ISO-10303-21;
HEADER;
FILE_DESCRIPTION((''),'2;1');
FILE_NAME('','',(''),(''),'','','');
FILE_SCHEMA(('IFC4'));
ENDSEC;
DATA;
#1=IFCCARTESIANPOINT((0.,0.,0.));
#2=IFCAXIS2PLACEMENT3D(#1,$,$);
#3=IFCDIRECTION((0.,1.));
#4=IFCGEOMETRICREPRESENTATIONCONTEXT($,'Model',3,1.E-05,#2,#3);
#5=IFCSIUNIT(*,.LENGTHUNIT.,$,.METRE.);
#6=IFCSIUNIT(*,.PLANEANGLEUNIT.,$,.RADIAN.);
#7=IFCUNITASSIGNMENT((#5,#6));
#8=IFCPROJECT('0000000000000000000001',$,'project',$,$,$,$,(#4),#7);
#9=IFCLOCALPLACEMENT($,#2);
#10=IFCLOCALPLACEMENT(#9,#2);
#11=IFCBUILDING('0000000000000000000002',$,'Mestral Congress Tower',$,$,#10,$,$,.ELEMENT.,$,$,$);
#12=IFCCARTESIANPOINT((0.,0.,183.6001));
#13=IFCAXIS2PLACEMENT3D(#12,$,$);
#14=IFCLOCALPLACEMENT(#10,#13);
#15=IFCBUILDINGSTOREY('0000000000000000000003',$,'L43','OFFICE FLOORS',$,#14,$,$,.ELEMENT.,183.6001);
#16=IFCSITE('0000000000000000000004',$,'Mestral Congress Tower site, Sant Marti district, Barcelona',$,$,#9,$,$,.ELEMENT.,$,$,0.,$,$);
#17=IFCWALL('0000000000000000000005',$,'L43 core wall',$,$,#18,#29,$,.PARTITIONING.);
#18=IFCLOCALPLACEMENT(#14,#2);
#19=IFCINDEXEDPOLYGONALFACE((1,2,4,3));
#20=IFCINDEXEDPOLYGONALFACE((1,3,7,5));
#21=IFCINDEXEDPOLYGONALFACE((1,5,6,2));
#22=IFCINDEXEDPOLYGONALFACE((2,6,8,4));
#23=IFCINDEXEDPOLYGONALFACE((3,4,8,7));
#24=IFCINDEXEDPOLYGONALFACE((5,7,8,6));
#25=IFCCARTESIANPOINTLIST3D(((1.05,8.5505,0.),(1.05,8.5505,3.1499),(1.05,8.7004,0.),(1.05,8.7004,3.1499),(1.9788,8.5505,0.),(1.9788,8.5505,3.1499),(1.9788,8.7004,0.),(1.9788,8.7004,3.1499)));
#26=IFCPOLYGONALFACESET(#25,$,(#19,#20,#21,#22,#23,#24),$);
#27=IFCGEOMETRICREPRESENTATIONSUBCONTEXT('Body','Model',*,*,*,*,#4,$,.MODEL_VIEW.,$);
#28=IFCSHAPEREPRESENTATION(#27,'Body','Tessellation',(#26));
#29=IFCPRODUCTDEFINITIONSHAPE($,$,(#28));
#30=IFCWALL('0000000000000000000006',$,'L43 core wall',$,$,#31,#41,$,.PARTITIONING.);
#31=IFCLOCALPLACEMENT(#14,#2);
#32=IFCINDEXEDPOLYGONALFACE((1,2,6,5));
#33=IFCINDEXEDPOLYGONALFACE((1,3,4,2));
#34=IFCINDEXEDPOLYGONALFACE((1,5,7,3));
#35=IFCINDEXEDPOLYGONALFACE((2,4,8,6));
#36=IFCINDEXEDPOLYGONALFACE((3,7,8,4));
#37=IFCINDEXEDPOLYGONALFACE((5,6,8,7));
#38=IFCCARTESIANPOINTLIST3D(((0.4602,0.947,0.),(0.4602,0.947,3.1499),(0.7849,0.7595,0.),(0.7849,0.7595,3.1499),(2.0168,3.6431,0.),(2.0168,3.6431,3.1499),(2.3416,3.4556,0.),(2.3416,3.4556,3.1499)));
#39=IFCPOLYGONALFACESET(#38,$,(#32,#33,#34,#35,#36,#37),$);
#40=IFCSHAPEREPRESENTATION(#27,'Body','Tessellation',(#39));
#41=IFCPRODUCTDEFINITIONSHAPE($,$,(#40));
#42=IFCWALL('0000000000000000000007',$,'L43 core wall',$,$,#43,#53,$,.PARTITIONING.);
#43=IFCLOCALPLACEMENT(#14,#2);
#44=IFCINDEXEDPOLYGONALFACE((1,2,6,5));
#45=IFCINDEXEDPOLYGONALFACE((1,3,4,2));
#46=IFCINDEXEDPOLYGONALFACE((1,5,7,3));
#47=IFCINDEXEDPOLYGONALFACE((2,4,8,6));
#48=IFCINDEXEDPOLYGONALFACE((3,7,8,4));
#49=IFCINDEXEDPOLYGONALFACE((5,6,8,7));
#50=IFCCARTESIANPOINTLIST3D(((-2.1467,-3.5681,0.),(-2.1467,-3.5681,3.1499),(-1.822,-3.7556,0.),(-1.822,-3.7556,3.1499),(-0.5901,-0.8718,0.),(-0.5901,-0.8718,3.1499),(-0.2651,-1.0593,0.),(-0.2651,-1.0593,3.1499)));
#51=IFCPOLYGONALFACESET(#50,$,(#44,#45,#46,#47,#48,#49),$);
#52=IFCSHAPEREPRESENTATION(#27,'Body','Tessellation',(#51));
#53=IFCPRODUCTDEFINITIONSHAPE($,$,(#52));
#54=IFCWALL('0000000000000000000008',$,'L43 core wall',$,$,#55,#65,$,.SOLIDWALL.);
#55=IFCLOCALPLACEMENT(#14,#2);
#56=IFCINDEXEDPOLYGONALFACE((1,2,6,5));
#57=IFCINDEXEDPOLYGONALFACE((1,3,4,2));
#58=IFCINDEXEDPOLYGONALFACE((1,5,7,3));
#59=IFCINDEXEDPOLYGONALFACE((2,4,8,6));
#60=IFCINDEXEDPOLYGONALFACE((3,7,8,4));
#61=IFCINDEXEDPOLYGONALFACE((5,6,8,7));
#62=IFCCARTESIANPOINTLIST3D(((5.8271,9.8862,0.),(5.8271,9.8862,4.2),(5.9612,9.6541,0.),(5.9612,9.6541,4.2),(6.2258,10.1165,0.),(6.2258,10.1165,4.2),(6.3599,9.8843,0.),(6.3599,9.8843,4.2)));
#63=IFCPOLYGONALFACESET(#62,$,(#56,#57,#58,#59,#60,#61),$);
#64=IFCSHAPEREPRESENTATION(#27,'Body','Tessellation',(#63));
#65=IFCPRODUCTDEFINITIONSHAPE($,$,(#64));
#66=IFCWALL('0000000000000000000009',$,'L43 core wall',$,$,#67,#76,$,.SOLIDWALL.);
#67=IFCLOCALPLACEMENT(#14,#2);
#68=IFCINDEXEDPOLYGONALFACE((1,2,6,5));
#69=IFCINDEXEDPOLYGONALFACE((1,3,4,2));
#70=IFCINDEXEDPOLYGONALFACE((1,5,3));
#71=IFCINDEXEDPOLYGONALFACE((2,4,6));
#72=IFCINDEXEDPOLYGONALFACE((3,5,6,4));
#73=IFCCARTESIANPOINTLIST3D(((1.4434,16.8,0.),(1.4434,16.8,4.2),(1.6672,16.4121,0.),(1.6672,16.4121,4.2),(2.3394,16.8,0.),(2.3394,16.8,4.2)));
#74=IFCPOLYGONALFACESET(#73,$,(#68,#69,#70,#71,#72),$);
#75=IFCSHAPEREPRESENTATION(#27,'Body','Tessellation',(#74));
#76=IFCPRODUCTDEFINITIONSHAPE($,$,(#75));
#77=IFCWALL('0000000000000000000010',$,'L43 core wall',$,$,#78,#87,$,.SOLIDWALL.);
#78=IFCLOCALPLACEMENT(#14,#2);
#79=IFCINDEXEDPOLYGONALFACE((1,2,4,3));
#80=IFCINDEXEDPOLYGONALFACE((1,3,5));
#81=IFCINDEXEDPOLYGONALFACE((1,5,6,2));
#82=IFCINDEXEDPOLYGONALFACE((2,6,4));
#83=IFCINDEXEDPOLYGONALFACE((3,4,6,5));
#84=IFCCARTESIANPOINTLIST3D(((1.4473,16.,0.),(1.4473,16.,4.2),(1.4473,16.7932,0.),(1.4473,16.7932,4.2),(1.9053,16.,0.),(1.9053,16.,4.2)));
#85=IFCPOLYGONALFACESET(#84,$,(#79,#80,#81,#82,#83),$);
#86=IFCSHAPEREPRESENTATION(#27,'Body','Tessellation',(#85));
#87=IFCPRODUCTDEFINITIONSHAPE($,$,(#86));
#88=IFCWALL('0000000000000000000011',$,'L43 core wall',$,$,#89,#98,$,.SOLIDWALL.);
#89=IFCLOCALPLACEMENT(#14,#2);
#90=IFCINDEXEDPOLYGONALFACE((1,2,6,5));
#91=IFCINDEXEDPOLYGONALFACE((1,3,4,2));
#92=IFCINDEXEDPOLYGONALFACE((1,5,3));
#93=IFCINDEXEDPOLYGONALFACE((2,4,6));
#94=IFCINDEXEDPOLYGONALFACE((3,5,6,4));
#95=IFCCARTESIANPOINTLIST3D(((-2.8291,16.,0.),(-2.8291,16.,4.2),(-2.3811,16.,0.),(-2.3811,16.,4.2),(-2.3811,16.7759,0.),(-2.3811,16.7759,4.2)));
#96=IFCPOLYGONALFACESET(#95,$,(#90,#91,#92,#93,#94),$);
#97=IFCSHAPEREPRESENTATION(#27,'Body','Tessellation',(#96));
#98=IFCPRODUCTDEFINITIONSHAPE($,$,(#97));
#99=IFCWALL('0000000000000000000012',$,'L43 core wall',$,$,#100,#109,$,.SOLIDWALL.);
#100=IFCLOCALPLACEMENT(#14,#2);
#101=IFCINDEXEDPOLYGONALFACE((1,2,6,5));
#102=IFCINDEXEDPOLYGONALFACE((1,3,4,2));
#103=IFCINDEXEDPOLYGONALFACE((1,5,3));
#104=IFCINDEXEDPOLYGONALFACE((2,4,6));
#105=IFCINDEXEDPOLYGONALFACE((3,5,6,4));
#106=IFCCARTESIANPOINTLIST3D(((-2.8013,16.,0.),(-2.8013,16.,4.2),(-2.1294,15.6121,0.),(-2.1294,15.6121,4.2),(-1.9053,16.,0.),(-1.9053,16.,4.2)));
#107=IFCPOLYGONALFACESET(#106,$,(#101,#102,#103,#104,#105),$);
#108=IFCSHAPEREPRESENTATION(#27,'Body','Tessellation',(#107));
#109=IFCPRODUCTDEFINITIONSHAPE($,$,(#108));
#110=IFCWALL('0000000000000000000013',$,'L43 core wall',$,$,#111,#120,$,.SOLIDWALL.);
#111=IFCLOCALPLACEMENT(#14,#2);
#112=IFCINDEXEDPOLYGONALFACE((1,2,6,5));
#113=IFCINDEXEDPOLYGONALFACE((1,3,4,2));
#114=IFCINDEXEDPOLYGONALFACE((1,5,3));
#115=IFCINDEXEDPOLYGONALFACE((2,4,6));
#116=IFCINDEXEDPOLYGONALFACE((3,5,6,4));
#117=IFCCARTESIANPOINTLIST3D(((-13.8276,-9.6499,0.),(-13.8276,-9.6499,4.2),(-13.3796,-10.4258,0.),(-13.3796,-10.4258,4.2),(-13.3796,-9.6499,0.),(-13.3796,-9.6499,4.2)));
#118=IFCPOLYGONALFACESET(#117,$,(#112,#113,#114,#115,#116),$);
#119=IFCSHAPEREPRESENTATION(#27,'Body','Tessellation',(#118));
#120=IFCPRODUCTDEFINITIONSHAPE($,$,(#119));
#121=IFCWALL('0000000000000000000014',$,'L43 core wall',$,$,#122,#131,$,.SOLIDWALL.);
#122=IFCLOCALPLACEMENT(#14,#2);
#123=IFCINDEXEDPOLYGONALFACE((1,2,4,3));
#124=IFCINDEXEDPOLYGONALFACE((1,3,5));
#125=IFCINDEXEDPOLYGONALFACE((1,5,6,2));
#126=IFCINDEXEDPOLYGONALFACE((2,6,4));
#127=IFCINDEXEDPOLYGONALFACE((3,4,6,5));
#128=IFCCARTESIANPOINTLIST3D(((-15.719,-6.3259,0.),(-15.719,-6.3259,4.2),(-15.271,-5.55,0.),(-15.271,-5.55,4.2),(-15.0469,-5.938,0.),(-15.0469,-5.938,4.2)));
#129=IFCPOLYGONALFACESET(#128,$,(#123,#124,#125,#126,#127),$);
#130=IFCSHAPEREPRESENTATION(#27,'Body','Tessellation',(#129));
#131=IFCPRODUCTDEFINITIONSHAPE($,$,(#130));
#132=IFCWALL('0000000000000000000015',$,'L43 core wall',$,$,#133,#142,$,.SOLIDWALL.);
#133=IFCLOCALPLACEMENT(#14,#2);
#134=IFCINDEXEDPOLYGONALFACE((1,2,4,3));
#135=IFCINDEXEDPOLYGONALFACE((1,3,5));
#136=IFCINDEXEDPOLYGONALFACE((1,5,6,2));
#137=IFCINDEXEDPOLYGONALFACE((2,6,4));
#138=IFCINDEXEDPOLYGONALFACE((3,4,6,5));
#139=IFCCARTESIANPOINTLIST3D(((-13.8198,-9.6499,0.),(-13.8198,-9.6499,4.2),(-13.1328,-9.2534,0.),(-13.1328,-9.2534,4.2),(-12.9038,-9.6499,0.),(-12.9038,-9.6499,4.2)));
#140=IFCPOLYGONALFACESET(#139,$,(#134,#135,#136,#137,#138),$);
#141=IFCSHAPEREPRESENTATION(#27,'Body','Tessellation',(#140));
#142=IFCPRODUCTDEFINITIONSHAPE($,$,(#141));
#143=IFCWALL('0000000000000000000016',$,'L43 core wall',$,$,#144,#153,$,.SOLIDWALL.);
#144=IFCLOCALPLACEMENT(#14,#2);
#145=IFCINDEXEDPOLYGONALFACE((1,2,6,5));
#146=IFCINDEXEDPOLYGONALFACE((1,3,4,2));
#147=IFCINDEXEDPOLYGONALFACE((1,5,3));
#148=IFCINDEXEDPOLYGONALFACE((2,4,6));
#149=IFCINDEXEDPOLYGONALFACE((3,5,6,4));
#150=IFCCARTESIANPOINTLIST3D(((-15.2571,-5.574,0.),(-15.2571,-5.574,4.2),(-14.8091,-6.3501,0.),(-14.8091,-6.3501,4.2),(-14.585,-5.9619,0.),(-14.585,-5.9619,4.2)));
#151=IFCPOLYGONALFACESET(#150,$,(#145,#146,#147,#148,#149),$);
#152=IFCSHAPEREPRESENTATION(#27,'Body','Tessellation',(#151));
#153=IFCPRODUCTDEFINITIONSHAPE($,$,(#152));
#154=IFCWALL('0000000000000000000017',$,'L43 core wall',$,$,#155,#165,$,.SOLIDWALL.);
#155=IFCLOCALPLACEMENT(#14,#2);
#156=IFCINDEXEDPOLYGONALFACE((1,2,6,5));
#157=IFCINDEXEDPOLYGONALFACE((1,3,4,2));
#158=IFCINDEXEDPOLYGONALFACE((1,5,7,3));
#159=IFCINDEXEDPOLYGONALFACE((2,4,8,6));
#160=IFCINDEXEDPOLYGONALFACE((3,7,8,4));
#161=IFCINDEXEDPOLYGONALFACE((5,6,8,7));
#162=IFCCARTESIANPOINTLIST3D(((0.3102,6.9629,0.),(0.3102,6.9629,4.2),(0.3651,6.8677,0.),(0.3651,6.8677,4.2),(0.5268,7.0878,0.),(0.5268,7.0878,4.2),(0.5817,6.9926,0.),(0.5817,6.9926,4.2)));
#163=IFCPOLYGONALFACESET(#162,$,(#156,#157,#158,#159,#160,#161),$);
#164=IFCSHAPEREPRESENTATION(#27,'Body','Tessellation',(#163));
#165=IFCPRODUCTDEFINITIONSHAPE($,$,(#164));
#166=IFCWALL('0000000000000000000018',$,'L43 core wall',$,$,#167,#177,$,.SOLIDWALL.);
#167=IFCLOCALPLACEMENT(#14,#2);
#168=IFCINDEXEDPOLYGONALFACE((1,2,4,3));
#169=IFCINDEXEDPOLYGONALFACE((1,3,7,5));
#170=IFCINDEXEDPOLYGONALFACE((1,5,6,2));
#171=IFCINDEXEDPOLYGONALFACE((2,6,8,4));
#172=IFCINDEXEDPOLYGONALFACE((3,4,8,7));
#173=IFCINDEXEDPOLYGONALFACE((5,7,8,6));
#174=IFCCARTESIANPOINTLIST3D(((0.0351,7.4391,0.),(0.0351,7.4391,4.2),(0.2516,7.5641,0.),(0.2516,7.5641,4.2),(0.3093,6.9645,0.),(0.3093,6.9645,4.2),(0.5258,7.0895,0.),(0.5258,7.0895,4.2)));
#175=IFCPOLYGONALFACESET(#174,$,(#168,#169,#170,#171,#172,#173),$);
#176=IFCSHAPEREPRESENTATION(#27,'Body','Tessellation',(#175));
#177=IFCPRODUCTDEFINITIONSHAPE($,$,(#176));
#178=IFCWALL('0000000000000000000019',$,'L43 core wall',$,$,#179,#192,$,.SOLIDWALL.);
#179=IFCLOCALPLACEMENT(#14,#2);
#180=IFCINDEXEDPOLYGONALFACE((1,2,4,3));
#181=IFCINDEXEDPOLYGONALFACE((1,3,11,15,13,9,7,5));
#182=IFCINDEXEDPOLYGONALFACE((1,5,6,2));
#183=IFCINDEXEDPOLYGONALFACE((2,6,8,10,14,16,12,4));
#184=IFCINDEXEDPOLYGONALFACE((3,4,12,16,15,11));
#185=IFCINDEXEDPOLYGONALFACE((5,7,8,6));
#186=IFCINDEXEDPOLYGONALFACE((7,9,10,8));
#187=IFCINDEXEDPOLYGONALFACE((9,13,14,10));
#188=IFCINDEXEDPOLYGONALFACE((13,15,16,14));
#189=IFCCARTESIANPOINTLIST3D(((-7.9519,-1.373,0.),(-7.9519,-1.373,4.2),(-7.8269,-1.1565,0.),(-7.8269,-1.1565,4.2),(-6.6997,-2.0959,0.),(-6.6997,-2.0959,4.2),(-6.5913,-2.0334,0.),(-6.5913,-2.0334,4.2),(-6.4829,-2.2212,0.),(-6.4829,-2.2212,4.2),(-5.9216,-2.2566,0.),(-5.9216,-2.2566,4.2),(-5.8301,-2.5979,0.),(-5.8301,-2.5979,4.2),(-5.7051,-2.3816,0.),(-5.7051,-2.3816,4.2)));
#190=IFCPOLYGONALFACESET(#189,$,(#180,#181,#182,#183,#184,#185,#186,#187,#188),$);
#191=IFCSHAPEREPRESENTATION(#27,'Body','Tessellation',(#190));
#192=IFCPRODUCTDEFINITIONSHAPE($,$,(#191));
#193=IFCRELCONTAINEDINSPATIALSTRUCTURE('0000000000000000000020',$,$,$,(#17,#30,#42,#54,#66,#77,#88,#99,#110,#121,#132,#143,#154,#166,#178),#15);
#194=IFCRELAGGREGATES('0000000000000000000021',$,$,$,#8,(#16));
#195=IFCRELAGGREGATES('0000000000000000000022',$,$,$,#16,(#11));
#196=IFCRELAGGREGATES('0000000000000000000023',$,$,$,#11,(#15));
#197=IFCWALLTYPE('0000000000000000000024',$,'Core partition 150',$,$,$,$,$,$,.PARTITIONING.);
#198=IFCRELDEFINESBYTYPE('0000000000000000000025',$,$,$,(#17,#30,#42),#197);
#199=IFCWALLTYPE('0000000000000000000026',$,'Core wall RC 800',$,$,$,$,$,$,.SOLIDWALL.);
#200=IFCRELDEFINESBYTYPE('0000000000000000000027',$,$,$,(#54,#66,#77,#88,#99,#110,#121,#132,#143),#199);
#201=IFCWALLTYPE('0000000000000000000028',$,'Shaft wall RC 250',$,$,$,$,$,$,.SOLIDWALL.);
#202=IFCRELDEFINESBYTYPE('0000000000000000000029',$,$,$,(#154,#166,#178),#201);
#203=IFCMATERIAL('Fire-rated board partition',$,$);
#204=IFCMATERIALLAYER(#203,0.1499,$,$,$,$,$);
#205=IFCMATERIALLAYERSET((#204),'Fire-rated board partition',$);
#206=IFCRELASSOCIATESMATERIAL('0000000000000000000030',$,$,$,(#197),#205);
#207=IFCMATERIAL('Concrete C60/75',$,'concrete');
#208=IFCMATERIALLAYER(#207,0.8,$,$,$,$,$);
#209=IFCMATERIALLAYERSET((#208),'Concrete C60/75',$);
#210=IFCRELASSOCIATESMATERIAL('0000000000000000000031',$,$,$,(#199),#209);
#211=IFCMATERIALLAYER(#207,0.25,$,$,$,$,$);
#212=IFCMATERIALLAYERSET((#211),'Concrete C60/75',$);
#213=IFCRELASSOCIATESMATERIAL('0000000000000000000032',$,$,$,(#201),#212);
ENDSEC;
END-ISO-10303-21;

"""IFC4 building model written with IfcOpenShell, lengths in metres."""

from ifc_helpers import new_model, si_unit, direction, frame, frame_2d, origin, place, context, subcontext, project, spatial, polyline, rectangle, outline, extrude, material, layer, layer_set, type_object, element, save


model = new_model("IFC4")

# Units and contexts
model_context = context("Model", 3, precision=1e-05, world=origin(), true_north=direction((0.0, 1.0)))
body_context = subcontext(model_context, "Body", "Model", "MODEL_VIEW")
ifc_project = project(units=[si_unit("LENGTHUNIT", "METRE"), si_unit("PLANEANGLEUNIT", "RADIAN")], contexts=[model_context])

# Site, building, storey
site_placement = place(None, origin())
site = spatial("IfcSite", under=ifc_project, at=site_placement, Name="Mestral Congress Tower site, Sant Marti district, Barcelona", CompositionType="ELEMENT", RefElevation=0.0)
building_placement = place(site_placement, origin())
building = spatial("IfcBuilding", under=site, at=building_placement, Name="Mestral Congress Tower", CompositionType="ELEMENT")
storey_placement = place(building_placement, frame((0.0, 0.0, 183.6001)))
storey = spatial("IfcBuildingStorey", under=building, at=storey_placement, Name="L43", Description="OFFICE FLOORS", CompositionType="ELEMENT", Elevation=183.6001)

# Walls
ifc_material_1 = material(Name="Fire-rated board partition")
ifc_layer_1 = layer(ifc_material_1, 0.1499)
ifc_layer_set_1 = layer_set([ifc_layer_1], Name="Fire-rated board partition")
wall_type_1 = type_object("IfcWallType", Name="Core partition 150", PredefinedType="PARTITIONING", material=ifc_layer_set_1)
wall_1_placement = place(storey_placement, frame((1.05, 8.6255, 0.0), z_axis=(0.0, 0.0, 1.0), x_axis=(1.0, 0.0, 0.0)))
element("IfcWall", 1, at=wall_1_placement, inside=storey, type_object=wall_type_1, Name="L43 core wall", PredefinedType="PARTITIONING", context=body_context, shape_type="SweptSolid", body=[
    extrude(rectangle(XDim=0.9287, YDim=0.1499, at=frame_2d((0.4644, 0.0))), origin(), (0.0, 0.0, 1.0), 3.1499),
])
placement = place(storey_placement, origin())
element("IfcWall", 2, at=placement, inside=storey, type_object=wall_type_1, Name="L43 core wall", PredefinedType="PARTITIONING", context=body_context, shape_type="SweptSolid", body=[
    extrude(outline(polyline([(2.0168, 3.6431), (2.3416, 3.4556), (0.7849, 0.7595), (0.4602, 0.947), (2.0168, 3.6431)])), origin(), (0.0, 0.0, 1.0), 3.1499),
])
element("IfcWall", 3, at=placement, inside=storey, type_object=wall_type_1, Name="L43 core wall", PredefinedType="PARTITIONING", context=body_context, shape_type="SweptSolid", body=[
    extrude(outline(polyline([(-0.5901, -0.8718), (-0.2651, -1.0593), (-1.822, -3.7556), (-2.1467, -3.5681), (-0.5901, -0.8718)])), origin(), (0.0, 0.0, 1.0), 3.1499),
])
ifc_material_2 = material(Name="Concrete C60/75", Category="concrete")
ifc_layer_2 = layer(ifc_material_2, 0.8)
ifc_layer_set_2 = layer_set([ifc_layer_2], Name="Concrete C60/75")
wall_type_2 = type_object("IfcWallType", Name="Core wall RC 800", PredefinedType="SOLIDWALL", material=ifc_layer_set_2)
element("IfcWall", 4, at=placement, inside=storey, type_object=wall_type_2, Name="L43 core wall", PredefinedType="SOLIDWALL", context=body_context, shape_type="SweptSolid", body=[
    extrude(outline(polyline([(5.9612, 9.6541), (5.8271, 9.8862), (6.2258, 10.1165), (6.3599, 9.8843), (5.9612, 9.6541)])), origin(), (0.0, 0.0, 1.0), 4.2),
])
element("IfcWall", 5, at=placement, inside=storey, type_object=wall_type_2, Name="L43 core wall", PredefinedType="SOLIDWALL", context=body_context, shape_type="SweptSolid", body=[
    extrude(outline(polyline([(1.4434, 16.8), (2.3394, 16.8), (1.6672, 16.4121), (1.4434, 16.8)])), origin(), (0.0, 0.0, 1.0), 4.2),
])
element("IfcWall", 6, at=placement, inside=storey, type_object=wall_type_2, Name="L43 core wall", PredefinedType="SOLIDWALL", context=body_context, shape_type="SweptSolid", body=[
    extrude(outline(polyline([(1.9053, 16.0), (1.4473, 16.0), (1.4473, 16.7932), (1.9053, 16.0)])), origin(), (0.0, 0.0, 1.0), 4.2),
])
element("IfcWall", 7, at=placement, inside=storey, type_object=wall_type_2, Name="L43 core wall", PredefinedType="SOLIDWALL", context=body_context, shape_type="SweptSolid", body=[
    extrude(outline(polyline([(-2.8291, 16.0), (-2.3811, 16.7759), (-2.3811, 16.0), (-2.8291, 16.0)])), origin(), (0.0, 0.0, 1.0), 4.2),
])
element("IfcWall", 8, at=placement, inside=storey, type_object=wall_type_2, Name="L43 core wall", PredefinedType="SOLIDWALL", context=body_context, shape_type="SweptSolid", body=[
    extrude(outline(polyline([(-1.9053, 16.0), (-2.1294, 15.6121), (-2.8013, 16.0), (-1.9053, 16.0)])), origin(), (0.0, 0.0, 1.0), 4.2),
])
element("IfcWall", 9, at=placement, inside=storey, type_object=wall_type_2, Name="L43 core wall", PredefinedType="SOLIDWALL", context=body_context, shape_type="SweptSolid", body=[
    extrude(outline(polyline([(-13.8276, -9.6499), (-13.3796, -9.6499), (-13.3796, -10.4258), (-13.8276, -9.6499)])), origin(), (0.0, 0.0, 1.0), 4.2),
])
element("IfcWall", 10, at=placement, inside=storey, type_object=wall_type_2, Name="L43 core wall", PredefinedType="SOLIDWALL", context=body_context, shape_type="SweptSolid", body=[
    extrude(outline(polyline([(-15.0469, -5.938), (-15.719, -6.3259), (-15.271, -5.55), (-15.0469, -5.938)])), origin(), (0.0, 0.0, 1.0), 4.2),
])
element("IfcWall", 11, at=placement, inside=storey, type_object=wall_type_2, Name="L43 core wall", PredefinedType="SOLIDWALL", context=body_context, shape_type="SweptSolid", body=[
    extrude(outline(polyline([(-12.9038, -9.6499), (-13.8198, -9.6499), (-13.1328, -9.2534), (-12.9038, -9.6499)])), origin(), (0.0, 0.0, 1.0), 4.2),
])
element("IfcWall", 12, at=placement, inside=storey, type_object=wall_type_2, Name="L43 core wall", PredefinedType="SOLIDWALL", context=body_context, shape_type="SweptSolid", body=[
    extrude(outline(polyline([(-14.8091, -6.3501), (-15.2571, -5.574), (-14.585, -5.9619), (-14.8091, -6.3501)])), origin(), (0.0, 0.0, 1.0), 4.2),
])
ifc_layer_3 = layer(ifc_material_2, 0.25)
ifc_layer_set_3 = layer_set([ifc_layer_3], Name="Concrete C60/75")
wall_type_3 = type_object("IfcWallType", Name="Shaft wall RC 250", PredefinedType="SOLIDWALL", material=ifc_layer_set_3)
wall_2_placement = place(storey_placement, frame((0.4734, 6.9302, 0.0), z_axis=(0.0, 0.0, 1.0), x_axis=(-0.499722, 0.866186, 0.0)))
element("IfcWall", 13, at=wall_2_placement, inside=storey, type_object=wall_type_3, Name="L43 core wall", PredefinedType="SOLIDWALL", context=body_context, shape_type="SweptSolid", body=[
    extrude(rectangle(XDim=0.1099, YDim=0.25, at=frame_2d((0.0549, 0.0))), origin(), (0.0, 0.0, 1.0), 4.2),
])
wall_3_placement = place(storey_placement, frame((0.4175, 7.0271, 0.0), z_axis=(0.0, 0.0, 1.0), x_axis=(-0.500211, 0.865904, 0.0)))
element("IfcWall", 14, at=wall_3_placement, inside=storey, type_object=wall_type_3, Name="L43 core wall", PredefinedType="SOLIDWALL", context=body_context, shape_type="SweptSolid", body=[
    extrude(rectangle(XDim=0.5481, YDim=0.25, at=frame_2d((0.2739, 0.0))), origin(), (0.0, 0.0, 1.0), 4.2),
])
element("IfcWall", 15, at=placement, inside=storey, type_object=wall_type_3, Name="L43 core wall", PredefinedType="SOLIDWALL", context=body_context, shape_type="SweptSolid", body=[
    extrude(outline(polyline([(-5.9216, -2.2566), (-5.9216, -2.2566), (-5.7051, -2.3816), (-5.8301, -2.5979), (-6.4829, -2.2212), (-6.5913, -2.0334), (-6.5913, -2.0334), (-6.6997, -2.0959), (-7.9519, -1.373), (-7.8269, -1.1565), (-5.9216, -2.2566)])), origin(), (0.0, 0.0, 1.0), 4.2),
])

save(model, "model.ifc")
